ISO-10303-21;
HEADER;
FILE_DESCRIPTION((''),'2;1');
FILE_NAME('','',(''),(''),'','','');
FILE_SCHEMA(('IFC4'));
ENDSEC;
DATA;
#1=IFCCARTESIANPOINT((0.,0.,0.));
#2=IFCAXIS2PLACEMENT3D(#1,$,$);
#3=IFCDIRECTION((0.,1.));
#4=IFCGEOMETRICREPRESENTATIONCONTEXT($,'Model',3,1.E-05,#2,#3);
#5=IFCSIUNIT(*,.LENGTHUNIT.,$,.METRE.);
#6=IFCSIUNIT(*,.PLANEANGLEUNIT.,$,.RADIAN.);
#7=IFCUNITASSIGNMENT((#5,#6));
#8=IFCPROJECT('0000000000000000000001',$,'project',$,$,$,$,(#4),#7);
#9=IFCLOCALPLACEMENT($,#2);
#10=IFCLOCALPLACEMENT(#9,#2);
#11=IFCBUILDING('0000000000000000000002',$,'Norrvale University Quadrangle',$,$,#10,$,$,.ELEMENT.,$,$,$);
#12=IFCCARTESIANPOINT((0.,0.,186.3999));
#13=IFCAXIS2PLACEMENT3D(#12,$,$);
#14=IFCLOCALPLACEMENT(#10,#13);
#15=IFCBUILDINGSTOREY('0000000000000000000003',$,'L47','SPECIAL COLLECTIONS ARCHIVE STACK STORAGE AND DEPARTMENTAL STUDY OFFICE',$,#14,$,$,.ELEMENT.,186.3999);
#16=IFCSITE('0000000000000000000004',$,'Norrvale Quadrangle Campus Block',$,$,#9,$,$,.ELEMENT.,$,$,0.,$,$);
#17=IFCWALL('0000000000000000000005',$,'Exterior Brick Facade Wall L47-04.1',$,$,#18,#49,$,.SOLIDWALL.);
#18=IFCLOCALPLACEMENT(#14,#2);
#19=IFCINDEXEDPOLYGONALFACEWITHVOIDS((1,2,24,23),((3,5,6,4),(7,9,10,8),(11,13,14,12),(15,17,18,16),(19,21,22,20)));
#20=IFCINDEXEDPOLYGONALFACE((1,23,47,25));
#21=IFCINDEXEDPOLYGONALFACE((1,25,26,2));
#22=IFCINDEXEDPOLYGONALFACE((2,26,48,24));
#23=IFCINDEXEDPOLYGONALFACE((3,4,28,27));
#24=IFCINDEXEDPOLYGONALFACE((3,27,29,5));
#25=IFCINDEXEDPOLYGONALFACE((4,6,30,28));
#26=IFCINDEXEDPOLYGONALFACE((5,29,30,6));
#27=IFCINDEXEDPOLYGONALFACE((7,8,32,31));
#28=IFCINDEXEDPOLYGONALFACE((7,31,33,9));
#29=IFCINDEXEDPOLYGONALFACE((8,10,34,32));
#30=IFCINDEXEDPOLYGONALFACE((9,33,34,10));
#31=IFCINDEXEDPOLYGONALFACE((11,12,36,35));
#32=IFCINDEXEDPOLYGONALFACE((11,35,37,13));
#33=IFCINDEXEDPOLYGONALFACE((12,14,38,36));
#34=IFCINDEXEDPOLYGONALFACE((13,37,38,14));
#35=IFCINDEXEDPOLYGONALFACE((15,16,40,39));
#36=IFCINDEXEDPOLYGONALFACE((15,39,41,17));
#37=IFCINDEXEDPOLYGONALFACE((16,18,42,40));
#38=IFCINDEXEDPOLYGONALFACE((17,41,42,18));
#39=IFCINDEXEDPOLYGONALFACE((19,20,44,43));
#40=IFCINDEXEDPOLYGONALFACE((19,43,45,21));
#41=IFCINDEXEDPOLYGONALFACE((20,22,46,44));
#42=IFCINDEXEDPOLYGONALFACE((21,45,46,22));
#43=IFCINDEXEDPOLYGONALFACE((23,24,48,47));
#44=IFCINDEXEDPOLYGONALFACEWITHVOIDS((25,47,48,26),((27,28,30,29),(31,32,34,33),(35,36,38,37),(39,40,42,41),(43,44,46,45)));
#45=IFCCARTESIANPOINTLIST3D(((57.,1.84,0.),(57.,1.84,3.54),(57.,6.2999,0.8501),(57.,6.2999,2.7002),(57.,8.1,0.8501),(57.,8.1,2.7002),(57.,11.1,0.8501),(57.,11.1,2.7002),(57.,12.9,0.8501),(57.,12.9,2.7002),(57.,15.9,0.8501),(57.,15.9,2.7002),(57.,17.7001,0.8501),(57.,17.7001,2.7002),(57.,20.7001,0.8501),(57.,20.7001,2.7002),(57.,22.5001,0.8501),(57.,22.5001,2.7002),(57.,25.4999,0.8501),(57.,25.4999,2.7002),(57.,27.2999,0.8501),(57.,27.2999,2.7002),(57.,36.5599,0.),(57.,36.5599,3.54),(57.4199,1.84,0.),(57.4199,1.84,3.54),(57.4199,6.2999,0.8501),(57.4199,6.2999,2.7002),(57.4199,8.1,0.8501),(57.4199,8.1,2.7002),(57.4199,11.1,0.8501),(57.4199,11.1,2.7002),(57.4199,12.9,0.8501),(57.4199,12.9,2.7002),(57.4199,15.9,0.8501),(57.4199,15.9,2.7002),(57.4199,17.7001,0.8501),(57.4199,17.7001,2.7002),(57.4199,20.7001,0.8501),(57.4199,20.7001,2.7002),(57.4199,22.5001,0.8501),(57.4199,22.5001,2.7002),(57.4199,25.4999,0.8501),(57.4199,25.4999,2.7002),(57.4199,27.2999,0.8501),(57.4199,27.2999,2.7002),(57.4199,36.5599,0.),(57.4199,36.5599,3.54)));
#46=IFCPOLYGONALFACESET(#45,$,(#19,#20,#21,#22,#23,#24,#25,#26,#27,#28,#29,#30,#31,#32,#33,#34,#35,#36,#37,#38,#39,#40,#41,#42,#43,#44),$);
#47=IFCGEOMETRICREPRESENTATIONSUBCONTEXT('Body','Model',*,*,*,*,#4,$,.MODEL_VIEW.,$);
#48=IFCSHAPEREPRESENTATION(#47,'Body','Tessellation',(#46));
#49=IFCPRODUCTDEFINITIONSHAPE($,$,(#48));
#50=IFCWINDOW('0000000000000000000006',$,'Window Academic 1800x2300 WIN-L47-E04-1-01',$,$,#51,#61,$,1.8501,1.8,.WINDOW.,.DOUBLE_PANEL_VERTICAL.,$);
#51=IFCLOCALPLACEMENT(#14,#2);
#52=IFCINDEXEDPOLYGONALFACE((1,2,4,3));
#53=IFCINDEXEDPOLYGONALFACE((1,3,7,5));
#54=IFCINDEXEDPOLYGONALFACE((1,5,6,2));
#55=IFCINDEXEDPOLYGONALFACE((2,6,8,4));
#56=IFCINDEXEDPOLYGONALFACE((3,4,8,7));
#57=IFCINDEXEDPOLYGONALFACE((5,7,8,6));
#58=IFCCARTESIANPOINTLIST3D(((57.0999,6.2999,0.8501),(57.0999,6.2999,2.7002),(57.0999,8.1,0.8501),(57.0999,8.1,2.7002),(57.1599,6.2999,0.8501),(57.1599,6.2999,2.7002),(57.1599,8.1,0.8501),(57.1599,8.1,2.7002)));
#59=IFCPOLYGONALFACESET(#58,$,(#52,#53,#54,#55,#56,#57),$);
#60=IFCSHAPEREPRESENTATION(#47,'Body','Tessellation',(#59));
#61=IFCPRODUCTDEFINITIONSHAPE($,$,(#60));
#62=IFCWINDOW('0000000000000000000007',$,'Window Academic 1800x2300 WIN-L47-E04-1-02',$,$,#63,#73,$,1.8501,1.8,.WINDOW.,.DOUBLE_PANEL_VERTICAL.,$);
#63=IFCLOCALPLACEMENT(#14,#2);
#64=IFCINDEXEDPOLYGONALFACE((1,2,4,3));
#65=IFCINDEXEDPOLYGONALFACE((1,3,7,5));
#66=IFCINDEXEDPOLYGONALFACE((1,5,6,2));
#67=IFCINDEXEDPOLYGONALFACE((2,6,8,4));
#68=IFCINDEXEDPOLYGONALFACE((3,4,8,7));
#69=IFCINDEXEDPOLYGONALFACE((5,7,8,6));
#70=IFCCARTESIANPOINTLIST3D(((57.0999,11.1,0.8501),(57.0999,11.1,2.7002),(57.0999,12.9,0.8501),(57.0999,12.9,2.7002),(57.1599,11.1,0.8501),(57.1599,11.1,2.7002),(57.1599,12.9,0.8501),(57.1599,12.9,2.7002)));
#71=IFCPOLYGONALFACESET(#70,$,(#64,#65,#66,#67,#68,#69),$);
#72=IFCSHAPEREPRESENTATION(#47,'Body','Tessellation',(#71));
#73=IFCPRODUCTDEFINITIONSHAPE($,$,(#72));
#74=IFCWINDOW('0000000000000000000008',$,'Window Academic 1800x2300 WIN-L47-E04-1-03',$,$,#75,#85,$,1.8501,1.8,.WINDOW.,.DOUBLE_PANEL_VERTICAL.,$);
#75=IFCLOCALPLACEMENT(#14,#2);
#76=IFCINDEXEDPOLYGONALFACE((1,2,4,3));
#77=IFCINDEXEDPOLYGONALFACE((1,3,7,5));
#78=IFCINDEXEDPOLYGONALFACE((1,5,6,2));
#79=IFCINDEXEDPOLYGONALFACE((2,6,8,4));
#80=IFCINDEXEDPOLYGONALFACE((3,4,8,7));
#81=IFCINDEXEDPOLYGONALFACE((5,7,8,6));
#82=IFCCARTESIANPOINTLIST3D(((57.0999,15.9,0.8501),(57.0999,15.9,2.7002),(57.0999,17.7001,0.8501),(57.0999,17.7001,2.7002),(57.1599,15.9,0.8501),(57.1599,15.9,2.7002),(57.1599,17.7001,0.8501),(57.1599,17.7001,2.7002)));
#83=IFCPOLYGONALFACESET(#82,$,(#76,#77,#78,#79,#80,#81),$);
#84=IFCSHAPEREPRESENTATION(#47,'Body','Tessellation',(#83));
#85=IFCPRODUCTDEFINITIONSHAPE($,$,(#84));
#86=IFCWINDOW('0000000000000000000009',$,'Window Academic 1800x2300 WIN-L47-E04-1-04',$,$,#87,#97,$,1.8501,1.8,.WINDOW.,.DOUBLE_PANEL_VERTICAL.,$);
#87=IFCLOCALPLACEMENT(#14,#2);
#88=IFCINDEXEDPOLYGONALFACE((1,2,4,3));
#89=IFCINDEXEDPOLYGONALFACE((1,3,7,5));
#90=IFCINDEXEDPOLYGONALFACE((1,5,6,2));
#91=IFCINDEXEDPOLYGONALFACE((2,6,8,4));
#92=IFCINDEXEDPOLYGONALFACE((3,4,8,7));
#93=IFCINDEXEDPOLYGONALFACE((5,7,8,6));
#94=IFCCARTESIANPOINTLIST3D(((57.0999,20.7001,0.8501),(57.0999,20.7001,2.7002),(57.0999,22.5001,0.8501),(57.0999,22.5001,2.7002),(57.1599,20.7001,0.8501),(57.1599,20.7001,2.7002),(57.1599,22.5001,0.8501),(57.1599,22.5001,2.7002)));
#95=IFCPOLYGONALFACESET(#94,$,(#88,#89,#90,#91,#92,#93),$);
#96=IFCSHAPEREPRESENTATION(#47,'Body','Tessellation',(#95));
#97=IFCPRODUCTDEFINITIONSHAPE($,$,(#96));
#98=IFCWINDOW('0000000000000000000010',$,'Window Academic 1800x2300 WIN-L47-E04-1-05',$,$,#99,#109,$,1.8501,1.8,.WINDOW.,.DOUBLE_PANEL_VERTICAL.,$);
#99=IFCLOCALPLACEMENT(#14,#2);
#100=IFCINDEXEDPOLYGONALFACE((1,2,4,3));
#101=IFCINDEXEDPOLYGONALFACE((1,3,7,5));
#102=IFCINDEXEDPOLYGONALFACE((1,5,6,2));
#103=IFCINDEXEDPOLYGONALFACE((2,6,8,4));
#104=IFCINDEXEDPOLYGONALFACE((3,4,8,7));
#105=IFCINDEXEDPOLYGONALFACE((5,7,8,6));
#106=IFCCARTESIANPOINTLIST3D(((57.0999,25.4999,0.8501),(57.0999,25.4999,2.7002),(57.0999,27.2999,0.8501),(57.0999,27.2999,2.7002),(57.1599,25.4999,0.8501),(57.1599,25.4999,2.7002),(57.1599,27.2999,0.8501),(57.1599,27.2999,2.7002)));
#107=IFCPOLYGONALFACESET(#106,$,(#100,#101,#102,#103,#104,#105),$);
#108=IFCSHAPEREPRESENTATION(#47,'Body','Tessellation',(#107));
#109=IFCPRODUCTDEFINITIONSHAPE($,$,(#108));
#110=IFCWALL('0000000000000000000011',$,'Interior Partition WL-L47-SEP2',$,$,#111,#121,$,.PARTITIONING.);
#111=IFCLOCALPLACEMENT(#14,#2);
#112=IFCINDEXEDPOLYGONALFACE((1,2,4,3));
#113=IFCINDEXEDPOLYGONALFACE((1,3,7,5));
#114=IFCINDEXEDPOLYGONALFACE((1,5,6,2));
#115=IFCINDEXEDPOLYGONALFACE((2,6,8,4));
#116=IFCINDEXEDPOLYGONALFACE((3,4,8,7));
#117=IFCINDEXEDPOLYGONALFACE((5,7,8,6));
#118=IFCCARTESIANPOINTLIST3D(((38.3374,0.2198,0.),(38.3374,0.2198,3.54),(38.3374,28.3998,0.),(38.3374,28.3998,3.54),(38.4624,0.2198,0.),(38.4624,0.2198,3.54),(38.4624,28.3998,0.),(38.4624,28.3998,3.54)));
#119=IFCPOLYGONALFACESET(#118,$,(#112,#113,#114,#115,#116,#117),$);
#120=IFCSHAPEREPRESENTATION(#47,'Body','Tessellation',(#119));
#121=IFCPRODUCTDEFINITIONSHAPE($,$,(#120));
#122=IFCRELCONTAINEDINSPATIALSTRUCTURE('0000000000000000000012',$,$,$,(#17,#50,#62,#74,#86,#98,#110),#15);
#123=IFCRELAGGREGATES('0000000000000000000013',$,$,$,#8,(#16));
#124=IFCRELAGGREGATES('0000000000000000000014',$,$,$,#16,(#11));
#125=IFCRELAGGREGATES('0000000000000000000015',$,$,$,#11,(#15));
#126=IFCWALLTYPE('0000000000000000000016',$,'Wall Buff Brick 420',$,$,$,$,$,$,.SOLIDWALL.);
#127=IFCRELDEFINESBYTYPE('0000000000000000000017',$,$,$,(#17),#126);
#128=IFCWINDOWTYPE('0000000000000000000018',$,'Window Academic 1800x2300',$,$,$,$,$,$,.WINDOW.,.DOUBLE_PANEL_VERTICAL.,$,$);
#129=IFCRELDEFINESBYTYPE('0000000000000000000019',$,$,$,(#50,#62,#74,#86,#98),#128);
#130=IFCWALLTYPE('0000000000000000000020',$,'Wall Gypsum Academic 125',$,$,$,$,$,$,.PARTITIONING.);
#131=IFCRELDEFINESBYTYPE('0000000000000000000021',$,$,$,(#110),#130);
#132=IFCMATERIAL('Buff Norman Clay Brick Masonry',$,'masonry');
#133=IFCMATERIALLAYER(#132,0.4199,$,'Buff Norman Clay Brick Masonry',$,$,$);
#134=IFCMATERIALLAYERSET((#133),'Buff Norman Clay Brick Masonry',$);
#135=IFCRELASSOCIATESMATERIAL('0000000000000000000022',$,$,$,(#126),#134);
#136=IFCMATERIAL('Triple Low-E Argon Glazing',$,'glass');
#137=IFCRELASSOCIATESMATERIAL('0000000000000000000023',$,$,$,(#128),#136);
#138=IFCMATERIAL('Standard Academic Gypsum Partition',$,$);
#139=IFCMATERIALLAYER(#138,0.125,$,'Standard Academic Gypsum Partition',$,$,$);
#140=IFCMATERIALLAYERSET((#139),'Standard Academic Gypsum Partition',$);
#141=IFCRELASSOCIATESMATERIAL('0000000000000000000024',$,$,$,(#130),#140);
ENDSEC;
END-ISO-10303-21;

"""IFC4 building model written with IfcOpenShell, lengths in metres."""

from ifc_helpers import new_model, si_unit, direction, frame, frame_2d, origin, place, context, subcontext, project, spatial, rectangle, extrude, material, layer, layer_set, type_object, element, fill, save


model = new_model("IFC4")

# Units and contexts
model_context = context("Model", 3, precision=1e-05, world=origin(), true_north=direction((0.0, 1.0)))
body_context = subcontext(model_context, "Body", "Model", "MODEL_VIEW")
ifc_project = project(units=[si_unit("LENGTHUNIT", "METRE"), si_unit("PLANEANGLEUNIT", "RADIAN")], contexts=[model_context])

# Site, building, storey
site_placement = place(None, origin())
site = spatial("IfcSite", under=ifc_project, at=site_placement, Name="Norrvale Quadrangle Campus Block", CompositionType="ELEMENT", RefElevation=0.0)
building_placement = place(site_placement, origin())
building = spatial("IfcBuilding", under=site, at=building_placement, Name="Norrvale University Quadrangle", CompositionType="ELEMENT")
storey_placement = place(building_placement, frame((0.0, 0.0, 186.3999)))
storey = spatial("IfcBuildingStorey", under=building, at=storey_placement, Name="L47", Description="SPECIAL COLLECTIONS ARCHIVE STACK STORAGE AND DEPARTMENTAL STUDY OFFICE", CompositionType="ELEMENT", Elevation=186.3999)

# Shared definitions
ifc_material_1 = material(Name="Buff Norman Clay Brick Masonry", Category="masonry")
ifc_layer_1 = layer(ifc_material_1, 0.4199, Name="Buff Norman Clay Brick Masonry")
ifc_layer_set_1 = layer_set([ifc_layer_1], Name="Buff Norman Clay Brick Masonry")
wall_type_1 = type_object("IfcWallType", Name="Wall Buff Brick 420", PredefinedType="SOLIDWALL", material=ifc_layer_set_1)

# Wall, openings, windows
wall_1_placement = place(storey_placement, frame((57.21, 1.8401, 0.0), z_axis=(0.0, 0.0, 1.0), x_axis=(0.0, 1.0, 0.0)))
wall_1 = element("IfcWall", 1, at=wall_1_placement, inside=storey, type_object=wall_type_1, Name="Exterior Brick Facade Wall L47-04.1", PredefinedType="SOLIDWALL", context=body_context, shape_type="SweptSolid", body=[
    extrude(rectangle(XDim=34.72, YDim=0.4199, at=frame_2d((17.3599, 0.0))), origin(), (0.0, 0.0, 1.0), 3.54),
])
opening_1_placement = place(wall_1_placement, frame((4.46, 0.0, 0.8501)))
opening_1 = element("IfcOpeningElement", 2, at=opening_1_placement, cuts=wall_1, PredefinedType="OPENING", context=body_context, shape_type="SweptSolid", body=[
    extrude(rectangle(XDim=1.8, YDim=1.8501, at=frame_2d((0.8999, 0.925))), frame((0.0, 0.2219, 0.0), z_axis=(0.0, -1.0, 0.0), x_axis=(1.0, 0.0, 0.0)), (0.0, 0.0, 1.0), 0.4438),
])
opening_2_placement = place(wall_1_placement, frame((9.26, 0.0, 0.8501)))
opening_2 = element("IfcOpeningElement", 3, at=opening_2_placement, cuts=wall_1, PredefinedType="OPENING", context=body_context, shape_type="SweptSolid", body=[
    extrude(rectangle(XDim=1.8, YDim=1.8501, at=frame_2d((0.8999, 0.925))), frame((0.0, 0.2219, 0.0), z_axis=(0.0, -1.0, 0.0), x_axis=(1.0, 0.0, 0.0)), (0.0, 0.0, 1.0), 0.4438),
])
opening_3_placement = place(wall_1_placement, frame((14.0601, 0.0, 0.8501)))
opening_3 = element("IfcOpeningElement", 4, at=opening_3_placement, cuts=wall_1, PredefinedType="OPENING", context=body_context, shape_type="SweptSolid", body=[
    extrude(rectangle(XDim=1.8, YDim=1.8501, at=frame_2d((0.8999, 0.925))), frame((0.0, 0.2219, 0.0), z_axis=(0.0, -1.0, 0.0), x_axis=(1.0, 0.0, 0.0)), (0.0, 0.0, 1.0), 0.4438),
])
opening_4_placement = place(wall_1_placement, frame((18.8601, 0.0, 0.8501)))
opening_4 = element("IfcOpeningElement", 5, at=opening_4_placement, cuts=wall_1, PredefinedType="OPENING", context=body_context, shape_type="SweptSolid", body=[
    extrude(rectangle(XDim=1.8, YDim=1.8501, at=frame_2d((0.8999, 0.925))), frame((0.0, 0.2219, 0.0), z_axis=(0.0, -1.0, 0.0), x_axis=(1.0, 0.0, 0.0)), (0.0, 0.0, 1.0), 0.4438),
])
opening_5_placement = place(wall_1_placement, frame((23.6599, 0.0, 0.8501)))
opening_5 = element("IfcOpeningElement", 6, at=opening_5_placement, cuts=wall_1, PredefinedType="OPENING", context=body_context, shape_type="SweptSolid", body=[
    extrude(rectangle(XDim=1.8, YDim=1.8501, at=frame_2d((0.8999, 0.925))), frame((0.0, 0.2219, 0.0), z_axis=(0.0, -1.0, 0.0), x_axis=(1.0, 0.0, 0.0)), (0.0, 0.0, 1.0), 0.4438),
])
ifc_material_2 = material(Name="Triple Low-E Argon Glazing", Category="glass")
window_type = type_object("IfcWindowType", Name="Window Academic 1800x2300", PartitioningType="DOUBLE_PANEL_VERTICAL", PredefinedType="WINDOW", material=ifc_material_2)
window_1_placement = place(opening_1_placement, origin())
window_1 = element("IfcWindow", 7, at=window_1_placement, inside=storey, type_object=window_type, Name="Window Academic 1800x2300 WIN-L47-E04-1-01", OverallHeight=1.8501, OverallWidth=1.8, PartitioningType="DOUBLE_PANEL_VERTICAL", PredefinedType="WINDOW", context=body_context, shape_type="SweptSolid", body=[
    extrude(rectangle(XDim=1.8, YDim=1.8501, at=frame_2d((0.8999, 0.925))), frame((0.0, 0.1101, 0.0), z_axis=(0.0, -1.0, 0.0), x_axis=(1.0, 0.0, 0.0)), (0.0, 0.0, 1.0), 0.0601),
])
fill(opening_1, window_1)
window_2_placement = place(opening_2_placement, origin())
window_2 = element("IfcWindow", 8, at=window_2_placement, inside=storey, type_object=window_type, Name="Window Academic 1800x2300 WIN-L47-E04-1-02", OverallHeight=1.8501, OverallWidth=1.8, PartitioningType="DOUBLE_PANEL_VERTICAL", PredefinedType="WINDOW", context=body_context, shape_type="SweptSolid", body=[
    extrude(rectangle(XDim=1.8, YDim=1.8501, at=frame_2d((0.8999, 0.925))), frame((0.0, 0.1101, 0.0), z_axis=(0.0, -1.0, 0.0), x_axis=(1.0, 0.0, 0.0)), (0.0, 0.0, 1.0), 0.0601),
])
fill(opening_2, window_2)
window_3_placement = place(opening_3_placement, origin())
window_3 = element("IfcWindow", 9, at=window_3_placement, inside=storey, type_object=window_type, Name="Window Academic 1800x2300 WIN-L47-E04-1-03", OverallHeight=1.8501, OverallWidth=1.8, PartitioningType="DOUBLE_PANEL_VERTICAL", PredefinedType="WINDOW", context=body_context, shape_type="SweptSolid", body=[
    extrude(rectangle(XDim=1.8, YDim=1.8501, at=frame_2d((0.8999, 0.925))), frame((0.0, 0.1101, 0.0), z_axis=(0.0, -1.0, 0.0), x_axis=(1.0, 0.0, 0.0)), (0.0, 0.0, 1.0), 0.0601),
])
fill(opening_3, window_3)
window_4_placement = place(opening_4_placement, origin())
window_4 = element("IfcWindow", 10, at=window_4_placement, inside=storey, type_object=window_type, Name="Window Academic 1800x2300 WIN-L47-E04-1-04", OverallHeight=1.8501, OverallWidth=1.8, PartitioningType="DOUBLE_PANEL_VERTICAL", PredefinedType="WINDOW", context=body_context, shape_type="SweptSolid", body=[
    extrude(rectangle(XDim=1.8, YDim=1.8501, at=frame_2d((0.8999, 0.925))), frame((0.0, 0.1101, 0.0), z_axis=(0.0, -1.0, 0.0), x_axis=(1.0, 0.0, 0.0)), (0.0, 0.0, 1.0), 0.0601),
])
fill(opening_4, window_4)
window_5_placement = place(opening_5_placement, origin())
window_5 = element("IfcWindow", 11, at=window_5_placement, inside=storey, type_object=window_type, Name="Window Academic 1800x2300 WIN-L47-E04-1-05", OverallHeight=1.8501, OverallWidth=1.8, PartitioningType="DOUBLE_PANEL_VERTICAL", PredefinedType="WINDOW", context=body_context, shape_type="SweptSolid", body=[
    extrude(rectangle(XDim=1.8, YDim=1.8501, at=frame_2d((0.8999, 0.925))), frame((0.0, 0.1101, 0.0), z_axis=(0.0, -1.0, 0.0), x_axis=(1.0, 0.0, 0.0)), (0.0, 0.0, 1.0), 0.0601),
])
fill(opening_5, window_5)

# Wall
ifc_material_3 = material(Name="Standard Academic Gypsum Partition")
ifc_layer_2 = layer(ifc_material_3, 0.125, Name="Standard Academic Gypsum Partition")
ifc_layer_set_2 = layer_set([ifc_layer_2], Name="Standard Academic Gypsum Partition")
wall_type_2 = type_object("IfcWallType", Name="Wall Gypsum Academic 125", PredefinedType="PARTITIONING", material=ifc_layer_set_2)
wall_2_placement = place(storey_placement, frame((38.3999, 0.22, 0.0), z_axis=(0.0, 0.0, 1.0), x_axis=(0.0, 1.0, 0.0)))
element("IfcWall", 12, at=wall_2_placement, inside=storey, type_object=wall_type_2, Name="Interior Partition WL-L47-SEP2", PredefinedType="PARTITIONING", context=body_context, shape_type="SweptSolid", body=[
    extrude(rectangle(XDim=28.1799, YDim=0.125, at=frame_2d((14.0898, 0.0))), origin(), (0.0, 0.0, 1.0), 3.54),
])

save(model, "model.ifc")
